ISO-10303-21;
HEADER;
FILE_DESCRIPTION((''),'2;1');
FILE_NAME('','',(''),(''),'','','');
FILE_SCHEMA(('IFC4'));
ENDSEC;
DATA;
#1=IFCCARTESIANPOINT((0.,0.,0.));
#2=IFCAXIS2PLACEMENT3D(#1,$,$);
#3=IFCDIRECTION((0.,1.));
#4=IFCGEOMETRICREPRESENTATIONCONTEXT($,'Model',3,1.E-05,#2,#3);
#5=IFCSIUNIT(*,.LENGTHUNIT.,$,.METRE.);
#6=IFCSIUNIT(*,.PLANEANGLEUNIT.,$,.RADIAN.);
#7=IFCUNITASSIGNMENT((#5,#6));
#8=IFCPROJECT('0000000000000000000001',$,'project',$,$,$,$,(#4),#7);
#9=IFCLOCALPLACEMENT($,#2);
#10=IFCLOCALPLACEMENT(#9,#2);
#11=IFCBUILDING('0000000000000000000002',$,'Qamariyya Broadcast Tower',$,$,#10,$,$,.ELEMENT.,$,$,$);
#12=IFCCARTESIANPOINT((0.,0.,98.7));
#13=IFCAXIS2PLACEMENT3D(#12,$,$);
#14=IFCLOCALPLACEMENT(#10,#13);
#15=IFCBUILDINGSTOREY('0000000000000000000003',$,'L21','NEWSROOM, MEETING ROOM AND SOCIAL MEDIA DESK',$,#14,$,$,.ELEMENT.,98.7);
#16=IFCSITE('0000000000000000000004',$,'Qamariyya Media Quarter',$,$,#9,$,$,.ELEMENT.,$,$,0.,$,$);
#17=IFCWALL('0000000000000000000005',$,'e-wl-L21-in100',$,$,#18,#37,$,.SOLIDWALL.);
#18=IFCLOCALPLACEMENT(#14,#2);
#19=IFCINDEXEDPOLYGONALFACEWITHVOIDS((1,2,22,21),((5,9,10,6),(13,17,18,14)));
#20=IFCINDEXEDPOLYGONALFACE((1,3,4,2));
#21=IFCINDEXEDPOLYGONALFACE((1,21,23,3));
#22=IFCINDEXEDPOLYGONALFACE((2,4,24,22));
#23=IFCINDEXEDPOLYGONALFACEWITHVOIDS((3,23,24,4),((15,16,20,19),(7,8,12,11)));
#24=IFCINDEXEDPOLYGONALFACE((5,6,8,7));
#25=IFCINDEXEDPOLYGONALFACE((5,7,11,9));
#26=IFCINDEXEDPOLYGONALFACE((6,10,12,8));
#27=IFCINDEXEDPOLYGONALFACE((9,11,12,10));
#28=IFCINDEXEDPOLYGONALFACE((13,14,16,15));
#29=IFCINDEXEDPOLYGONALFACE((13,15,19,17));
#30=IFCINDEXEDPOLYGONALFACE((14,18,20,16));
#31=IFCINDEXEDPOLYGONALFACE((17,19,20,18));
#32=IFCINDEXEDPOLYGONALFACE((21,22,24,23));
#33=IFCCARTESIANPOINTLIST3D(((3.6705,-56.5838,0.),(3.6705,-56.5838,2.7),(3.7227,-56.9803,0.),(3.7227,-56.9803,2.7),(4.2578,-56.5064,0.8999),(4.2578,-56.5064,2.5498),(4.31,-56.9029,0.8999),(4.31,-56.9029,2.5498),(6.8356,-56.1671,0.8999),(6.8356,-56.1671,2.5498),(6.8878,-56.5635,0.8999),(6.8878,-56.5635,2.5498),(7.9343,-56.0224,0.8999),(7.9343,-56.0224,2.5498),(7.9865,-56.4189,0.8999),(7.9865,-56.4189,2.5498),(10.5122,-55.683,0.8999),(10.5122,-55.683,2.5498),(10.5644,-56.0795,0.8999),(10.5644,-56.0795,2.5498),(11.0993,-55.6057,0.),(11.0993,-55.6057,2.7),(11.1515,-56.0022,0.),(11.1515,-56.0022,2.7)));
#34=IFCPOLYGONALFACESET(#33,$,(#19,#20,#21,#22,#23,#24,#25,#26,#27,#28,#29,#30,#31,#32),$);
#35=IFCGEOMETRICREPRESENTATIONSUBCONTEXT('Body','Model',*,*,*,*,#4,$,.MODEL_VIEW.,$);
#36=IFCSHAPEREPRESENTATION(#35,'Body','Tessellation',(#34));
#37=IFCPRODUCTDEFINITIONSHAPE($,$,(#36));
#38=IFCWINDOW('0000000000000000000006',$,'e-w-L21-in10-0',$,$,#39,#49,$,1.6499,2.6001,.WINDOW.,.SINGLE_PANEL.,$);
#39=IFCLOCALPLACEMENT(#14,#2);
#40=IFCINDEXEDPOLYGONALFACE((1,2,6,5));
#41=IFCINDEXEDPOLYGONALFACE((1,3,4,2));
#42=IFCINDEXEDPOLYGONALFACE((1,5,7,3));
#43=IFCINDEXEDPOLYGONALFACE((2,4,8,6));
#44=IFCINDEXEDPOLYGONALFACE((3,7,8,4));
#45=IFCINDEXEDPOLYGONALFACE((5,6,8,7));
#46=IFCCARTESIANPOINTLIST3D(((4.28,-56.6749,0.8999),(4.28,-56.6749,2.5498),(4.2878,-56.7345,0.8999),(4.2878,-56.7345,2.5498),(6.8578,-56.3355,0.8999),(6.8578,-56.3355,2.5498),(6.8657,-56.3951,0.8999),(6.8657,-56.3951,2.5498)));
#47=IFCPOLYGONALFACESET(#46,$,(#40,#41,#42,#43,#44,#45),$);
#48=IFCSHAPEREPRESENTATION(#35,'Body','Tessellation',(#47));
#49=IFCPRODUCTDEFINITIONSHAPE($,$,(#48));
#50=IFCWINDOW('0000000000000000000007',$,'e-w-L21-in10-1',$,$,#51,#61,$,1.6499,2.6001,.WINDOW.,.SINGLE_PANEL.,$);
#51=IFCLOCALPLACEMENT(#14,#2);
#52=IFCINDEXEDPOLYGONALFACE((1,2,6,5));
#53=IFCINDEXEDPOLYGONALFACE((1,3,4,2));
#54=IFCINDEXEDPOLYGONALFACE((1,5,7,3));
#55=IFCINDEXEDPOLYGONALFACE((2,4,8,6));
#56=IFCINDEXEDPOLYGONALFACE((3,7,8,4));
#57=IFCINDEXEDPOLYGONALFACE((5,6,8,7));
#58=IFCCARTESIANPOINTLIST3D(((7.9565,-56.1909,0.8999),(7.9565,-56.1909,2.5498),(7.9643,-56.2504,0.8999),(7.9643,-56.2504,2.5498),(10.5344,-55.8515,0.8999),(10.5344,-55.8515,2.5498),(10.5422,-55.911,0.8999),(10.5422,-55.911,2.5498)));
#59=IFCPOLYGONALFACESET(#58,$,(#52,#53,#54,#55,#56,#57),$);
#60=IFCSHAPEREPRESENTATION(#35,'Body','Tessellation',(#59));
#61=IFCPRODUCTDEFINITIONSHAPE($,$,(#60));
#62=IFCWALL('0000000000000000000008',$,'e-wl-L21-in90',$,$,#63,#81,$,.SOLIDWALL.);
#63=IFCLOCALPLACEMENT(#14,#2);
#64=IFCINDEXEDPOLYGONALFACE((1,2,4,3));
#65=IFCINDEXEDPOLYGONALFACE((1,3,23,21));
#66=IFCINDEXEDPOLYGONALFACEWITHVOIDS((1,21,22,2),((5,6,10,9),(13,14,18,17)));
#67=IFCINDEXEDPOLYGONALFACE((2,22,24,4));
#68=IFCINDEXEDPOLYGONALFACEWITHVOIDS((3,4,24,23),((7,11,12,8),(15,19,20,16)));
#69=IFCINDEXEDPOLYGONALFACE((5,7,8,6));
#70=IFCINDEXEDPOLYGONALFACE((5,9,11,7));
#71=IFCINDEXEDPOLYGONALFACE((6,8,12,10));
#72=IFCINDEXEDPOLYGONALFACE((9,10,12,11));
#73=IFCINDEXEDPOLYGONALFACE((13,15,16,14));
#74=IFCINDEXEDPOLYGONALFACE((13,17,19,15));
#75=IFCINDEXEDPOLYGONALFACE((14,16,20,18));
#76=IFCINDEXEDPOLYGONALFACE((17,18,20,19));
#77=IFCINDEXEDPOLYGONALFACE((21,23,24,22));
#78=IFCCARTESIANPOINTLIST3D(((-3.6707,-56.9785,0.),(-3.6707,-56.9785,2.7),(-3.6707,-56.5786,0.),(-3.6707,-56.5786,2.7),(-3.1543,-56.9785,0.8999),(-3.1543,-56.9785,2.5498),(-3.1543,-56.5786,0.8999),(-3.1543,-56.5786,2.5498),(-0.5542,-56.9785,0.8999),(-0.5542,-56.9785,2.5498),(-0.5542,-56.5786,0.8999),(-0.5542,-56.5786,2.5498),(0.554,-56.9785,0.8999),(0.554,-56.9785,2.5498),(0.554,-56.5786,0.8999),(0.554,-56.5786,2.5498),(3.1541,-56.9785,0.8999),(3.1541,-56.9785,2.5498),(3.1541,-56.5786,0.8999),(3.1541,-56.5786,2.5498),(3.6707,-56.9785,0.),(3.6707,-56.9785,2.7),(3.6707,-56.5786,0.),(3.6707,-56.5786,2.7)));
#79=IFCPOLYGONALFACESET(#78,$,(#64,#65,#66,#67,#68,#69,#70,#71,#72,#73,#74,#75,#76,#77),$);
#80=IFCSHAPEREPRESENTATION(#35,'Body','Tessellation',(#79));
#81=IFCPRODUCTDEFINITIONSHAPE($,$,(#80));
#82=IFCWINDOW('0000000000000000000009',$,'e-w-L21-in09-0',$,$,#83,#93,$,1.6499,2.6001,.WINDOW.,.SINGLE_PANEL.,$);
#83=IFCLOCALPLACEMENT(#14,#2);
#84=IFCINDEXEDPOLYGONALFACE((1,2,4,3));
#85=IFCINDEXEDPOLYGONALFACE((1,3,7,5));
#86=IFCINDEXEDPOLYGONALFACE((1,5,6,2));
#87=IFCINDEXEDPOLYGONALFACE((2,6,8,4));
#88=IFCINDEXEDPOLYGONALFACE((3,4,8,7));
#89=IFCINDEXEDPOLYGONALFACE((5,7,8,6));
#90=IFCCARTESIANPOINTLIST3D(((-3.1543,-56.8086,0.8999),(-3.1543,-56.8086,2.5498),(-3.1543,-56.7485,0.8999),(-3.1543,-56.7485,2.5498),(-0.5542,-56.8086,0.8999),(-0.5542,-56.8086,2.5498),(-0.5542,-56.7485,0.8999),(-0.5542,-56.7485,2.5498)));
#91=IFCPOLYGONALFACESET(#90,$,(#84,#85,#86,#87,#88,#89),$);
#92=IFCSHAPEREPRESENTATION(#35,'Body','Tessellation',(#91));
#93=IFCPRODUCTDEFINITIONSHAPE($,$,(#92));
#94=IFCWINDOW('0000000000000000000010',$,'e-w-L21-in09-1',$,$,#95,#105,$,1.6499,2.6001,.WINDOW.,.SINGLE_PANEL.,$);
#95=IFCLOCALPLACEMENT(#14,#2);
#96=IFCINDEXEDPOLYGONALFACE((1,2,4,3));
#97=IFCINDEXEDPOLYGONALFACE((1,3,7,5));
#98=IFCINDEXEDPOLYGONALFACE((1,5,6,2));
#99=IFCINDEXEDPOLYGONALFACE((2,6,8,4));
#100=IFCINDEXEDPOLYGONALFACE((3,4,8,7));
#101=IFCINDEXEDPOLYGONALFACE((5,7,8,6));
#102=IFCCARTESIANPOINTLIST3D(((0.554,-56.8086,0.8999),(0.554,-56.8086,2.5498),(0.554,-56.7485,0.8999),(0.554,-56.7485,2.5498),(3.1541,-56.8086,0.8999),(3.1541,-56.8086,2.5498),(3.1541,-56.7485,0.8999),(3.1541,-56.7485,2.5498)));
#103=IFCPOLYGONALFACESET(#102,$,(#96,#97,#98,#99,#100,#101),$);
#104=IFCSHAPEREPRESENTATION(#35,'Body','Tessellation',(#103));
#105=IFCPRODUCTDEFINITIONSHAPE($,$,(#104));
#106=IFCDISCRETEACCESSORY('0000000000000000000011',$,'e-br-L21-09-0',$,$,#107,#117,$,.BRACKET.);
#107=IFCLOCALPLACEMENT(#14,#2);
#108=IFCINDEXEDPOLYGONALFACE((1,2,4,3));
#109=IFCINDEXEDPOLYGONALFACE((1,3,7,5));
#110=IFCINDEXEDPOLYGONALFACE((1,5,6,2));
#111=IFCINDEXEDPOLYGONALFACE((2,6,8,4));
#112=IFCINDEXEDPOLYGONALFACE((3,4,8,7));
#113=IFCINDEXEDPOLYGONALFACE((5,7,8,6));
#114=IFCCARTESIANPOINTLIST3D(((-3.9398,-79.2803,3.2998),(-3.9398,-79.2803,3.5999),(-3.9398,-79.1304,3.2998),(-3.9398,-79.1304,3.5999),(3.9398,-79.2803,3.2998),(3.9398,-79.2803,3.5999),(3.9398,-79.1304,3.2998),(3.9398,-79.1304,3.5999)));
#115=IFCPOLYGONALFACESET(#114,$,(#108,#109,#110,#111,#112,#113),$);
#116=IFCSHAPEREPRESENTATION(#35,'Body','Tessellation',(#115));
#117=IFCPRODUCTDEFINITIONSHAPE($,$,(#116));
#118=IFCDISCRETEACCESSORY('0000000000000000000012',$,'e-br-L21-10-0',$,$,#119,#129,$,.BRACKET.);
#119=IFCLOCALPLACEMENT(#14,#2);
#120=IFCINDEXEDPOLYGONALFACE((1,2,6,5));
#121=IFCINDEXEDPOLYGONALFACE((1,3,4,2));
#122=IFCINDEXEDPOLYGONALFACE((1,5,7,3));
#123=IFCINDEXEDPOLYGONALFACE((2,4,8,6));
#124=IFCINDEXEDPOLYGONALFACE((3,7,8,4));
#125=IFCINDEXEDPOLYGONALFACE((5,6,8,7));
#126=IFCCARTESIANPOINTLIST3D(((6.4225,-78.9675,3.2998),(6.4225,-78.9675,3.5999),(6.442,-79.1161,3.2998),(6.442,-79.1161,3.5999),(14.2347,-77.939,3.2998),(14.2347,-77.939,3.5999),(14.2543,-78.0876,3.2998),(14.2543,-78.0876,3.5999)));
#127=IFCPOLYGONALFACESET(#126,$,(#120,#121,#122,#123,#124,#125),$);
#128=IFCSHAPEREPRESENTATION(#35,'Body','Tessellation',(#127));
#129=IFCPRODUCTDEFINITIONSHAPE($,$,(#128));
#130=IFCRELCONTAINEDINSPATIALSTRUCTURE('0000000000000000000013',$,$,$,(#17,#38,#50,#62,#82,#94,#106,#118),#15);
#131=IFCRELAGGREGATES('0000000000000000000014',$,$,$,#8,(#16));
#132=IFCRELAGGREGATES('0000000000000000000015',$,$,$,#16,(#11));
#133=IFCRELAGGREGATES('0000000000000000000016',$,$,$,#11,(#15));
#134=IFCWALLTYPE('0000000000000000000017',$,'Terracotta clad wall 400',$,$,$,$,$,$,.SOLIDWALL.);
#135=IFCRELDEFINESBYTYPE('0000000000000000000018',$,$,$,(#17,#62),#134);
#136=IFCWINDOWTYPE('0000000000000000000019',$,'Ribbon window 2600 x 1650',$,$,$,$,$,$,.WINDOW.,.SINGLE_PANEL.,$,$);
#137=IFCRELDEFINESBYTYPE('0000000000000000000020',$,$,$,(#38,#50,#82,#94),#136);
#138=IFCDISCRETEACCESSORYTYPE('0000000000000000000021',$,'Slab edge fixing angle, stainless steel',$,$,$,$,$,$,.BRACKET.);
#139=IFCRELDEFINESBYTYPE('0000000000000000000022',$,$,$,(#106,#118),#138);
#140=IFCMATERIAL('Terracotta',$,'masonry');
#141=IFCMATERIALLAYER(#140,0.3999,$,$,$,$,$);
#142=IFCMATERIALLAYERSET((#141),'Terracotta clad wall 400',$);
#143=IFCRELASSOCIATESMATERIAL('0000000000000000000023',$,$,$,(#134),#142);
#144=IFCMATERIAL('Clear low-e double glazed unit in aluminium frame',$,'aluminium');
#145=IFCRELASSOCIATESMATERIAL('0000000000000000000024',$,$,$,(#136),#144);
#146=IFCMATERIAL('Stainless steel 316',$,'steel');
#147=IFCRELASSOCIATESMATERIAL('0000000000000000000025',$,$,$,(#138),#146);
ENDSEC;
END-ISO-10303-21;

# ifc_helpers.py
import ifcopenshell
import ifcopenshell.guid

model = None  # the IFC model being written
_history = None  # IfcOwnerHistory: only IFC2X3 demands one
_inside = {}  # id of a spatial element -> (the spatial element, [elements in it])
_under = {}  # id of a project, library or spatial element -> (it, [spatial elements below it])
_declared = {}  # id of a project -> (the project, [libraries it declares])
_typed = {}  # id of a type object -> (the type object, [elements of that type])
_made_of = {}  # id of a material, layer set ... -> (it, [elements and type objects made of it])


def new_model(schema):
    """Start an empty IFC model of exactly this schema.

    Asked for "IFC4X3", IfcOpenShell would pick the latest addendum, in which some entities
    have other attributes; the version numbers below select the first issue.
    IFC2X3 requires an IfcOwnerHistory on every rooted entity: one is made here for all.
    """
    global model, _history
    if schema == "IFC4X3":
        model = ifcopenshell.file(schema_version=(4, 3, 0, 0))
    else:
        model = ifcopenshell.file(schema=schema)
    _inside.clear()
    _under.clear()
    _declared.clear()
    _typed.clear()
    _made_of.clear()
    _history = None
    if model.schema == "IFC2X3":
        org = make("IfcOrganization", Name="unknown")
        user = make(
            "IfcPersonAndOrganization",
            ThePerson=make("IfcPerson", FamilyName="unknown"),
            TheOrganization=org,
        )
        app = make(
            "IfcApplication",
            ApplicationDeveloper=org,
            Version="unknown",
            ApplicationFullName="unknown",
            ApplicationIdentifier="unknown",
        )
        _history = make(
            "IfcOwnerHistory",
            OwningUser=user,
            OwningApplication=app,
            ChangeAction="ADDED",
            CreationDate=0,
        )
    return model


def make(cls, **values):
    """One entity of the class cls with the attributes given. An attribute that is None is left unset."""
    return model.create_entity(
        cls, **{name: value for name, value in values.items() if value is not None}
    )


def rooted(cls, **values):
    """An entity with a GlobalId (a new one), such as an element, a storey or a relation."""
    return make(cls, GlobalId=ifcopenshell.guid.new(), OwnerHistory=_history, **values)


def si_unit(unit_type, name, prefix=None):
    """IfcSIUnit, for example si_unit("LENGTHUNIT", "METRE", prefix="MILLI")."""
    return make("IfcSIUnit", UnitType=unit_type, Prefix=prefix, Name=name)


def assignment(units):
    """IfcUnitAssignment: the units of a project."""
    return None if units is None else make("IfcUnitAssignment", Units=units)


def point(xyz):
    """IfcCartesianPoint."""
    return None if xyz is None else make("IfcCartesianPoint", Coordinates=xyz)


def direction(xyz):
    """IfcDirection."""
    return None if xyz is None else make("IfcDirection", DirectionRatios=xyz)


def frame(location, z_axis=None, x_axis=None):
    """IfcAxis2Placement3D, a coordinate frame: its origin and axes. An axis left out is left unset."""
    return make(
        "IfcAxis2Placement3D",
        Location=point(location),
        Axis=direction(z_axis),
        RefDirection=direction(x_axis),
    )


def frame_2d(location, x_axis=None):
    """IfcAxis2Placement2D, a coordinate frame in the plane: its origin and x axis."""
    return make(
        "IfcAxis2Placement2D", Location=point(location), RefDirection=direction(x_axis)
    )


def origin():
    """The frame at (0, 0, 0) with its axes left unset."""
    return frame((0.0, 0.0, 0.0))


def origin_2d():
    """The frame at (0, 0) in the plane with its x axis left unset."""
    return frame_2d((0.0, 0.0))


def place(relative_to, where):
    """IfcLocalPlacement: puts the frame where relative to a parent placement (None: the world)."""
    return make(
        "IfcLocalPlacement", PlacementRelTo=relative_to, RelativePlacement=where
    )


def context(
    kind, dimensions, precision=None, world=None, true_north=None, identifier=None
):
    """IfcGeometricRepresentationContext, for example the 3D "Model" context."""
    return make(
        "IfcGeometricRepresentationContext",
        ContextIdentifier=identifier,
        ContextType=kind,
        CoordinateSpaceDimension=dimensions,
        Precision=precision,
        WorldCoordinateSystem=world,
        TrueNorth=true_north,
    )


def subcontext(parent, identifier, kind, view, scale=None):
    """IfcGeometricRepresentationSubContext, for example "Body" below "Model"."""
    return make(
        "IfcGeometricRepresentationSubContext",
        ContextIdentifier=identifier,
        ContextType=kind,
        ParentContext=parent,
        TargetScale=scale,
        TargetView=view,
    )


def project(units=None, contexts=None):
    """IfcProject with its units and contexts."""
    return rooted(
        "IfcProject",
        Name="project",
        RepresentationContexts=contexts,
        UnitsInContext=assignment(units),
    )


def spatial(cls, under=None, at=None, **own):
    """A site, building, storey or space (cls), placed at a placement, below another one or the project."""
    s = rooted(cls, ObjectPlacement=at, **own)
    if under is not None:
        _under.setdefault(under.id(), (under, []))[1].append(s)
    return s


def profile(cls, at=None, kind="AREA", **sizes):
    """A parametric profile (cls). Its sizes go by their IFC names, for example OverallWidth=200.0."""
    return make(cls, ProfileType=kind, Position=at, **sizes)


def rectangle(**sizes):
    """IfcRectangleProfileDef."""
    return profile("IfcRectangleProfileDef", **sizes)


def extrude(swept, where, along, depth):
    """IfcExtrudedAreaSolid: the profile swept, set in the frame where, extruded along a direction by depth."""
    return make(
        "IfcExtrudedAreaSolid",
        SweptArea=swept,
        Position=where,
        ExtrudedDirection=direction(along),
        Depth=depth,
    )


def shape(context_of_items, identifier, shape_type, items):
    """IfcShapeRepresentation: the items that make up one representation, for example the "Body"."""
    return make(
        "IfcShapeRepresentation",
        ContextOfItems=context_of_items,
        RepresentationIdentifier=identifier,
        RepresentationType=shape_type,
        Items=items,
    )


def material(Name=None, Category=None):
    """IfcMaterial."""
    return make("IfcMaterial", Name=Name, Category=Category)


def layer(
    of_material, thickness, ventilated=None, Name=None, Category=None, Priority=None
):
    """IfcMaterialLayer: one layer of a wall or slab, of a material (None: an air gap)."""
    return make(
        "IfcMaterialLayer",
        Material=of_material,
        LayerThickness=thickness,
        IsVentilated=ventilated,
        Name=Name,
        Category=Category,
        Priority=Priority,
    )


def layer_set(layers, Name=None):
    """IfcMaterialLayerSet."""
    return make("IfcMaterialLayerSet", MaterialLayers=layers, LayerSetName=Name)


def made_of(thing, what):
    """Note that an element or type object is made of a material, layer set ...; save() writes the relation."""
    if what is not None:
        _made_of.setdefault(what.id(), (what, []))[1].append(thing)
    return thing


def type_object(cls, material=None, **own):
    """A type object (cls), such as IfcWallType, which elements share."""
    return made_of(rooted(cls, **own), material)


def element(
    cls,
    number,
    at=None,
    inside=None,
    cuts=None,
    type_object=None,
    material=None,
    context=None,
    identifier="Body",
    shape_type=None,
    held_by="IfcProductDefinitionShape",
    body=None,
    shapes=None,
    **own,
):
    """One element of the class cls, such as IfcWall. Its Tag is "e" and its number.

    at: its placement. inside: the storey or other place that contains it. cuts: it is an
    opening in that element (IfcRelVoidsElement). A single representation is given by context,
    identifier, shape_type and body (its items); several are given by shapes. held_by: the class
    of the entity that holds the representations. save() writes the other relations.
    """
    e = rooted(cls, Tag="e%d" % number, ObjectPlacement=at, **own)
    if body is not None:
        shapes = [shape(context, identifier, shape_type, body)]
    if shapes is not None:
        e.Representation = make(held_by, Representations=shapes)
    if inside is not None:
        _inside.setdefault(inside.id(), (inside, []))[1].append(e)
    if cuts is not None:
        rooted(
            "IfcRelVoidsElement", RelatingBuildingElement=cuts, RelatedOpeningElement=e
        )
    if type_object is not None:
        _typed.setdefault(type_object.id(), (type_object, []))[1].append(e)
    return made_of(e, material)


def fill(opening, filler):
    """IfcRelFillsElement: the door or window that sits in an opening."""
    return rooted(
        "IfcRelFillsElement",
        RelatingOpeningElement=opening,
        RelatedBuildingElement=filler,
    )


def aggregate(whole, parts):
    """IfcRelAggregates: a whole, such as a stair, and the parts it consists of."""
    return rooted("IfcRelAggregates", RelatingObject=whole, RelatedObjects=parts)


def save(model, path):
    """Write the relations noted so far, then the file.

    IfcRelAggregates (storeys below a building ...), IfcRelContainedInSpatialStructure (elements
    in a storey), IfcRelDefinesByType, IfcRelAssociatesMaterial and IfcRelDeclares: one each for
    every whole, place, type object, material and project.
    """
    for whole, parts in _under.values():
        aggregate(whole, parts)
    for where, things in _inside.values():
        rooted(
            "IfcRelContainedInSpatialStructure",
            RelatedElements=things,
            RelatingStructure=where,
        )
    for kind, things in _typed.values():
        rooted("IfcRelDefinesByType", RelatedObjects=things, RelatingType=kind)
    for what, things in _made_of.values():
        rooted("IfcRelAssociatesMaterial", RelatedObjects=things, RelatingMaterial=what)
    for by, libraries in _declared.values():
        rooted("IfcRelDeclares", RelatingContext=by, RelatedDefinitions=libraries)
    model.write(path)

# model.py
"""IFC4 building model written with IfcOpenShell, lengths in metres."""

from ifc_helpers import new_model, si_unit, direction, frame, frame_2d, origin, origin_2d, place, context, subcontext, project, spatial, rectangle, extrude, material, layer, layer_set, type_object, element, fill, save


model = new_model("IFC4")

# Units and contexts
model_context = context("Model", 3, precision=1e-05, world=origin(), true_north=direction((0.0, 1.0)))
body_context = subcontext(model_context, "Body", "Model", "MODEL_VIEW")
ifc_project = project(units=[si_unit("LENGTHUNIT", "METRE"), si_unit("PLANEANGLEUNIT", "RADIAN")], contexts=[model_context])

# Site, building, storey
site_placement = place(None, origin())
site = spatial("IfcSite", under=ifc_project, at=site_placement, Name="Qamariyya Media Quarter", CompositionType="ELEMENT", RefElevation=0.0)
building_placement = place(site_placement, origin())
building = spatial("IfcBuilding", under=site, at=building_placement, Name="Qamariyya Broadcast Tower", CompositionType="ELEMENT")
storey_placement = place(building_placement, frame((0.0, 0.0, 98.7)))
storey = spatial("IfcBuildingStorey", under=building, at=storey_placement, Name="L21", Description="NEWSROOM, MEETING ROOM AND SOCIAL MEDIA DESK", CompositionType="ELEMENT", Elevation=98.7)

# Walls, openings, windows
ifc_material_1 = material(Name="Terracotta", Category="masonry")
ifc_layer_1 = layer(ifc_material_1, 0.3999)
ifc_layer_set_1 = layer_set([ifc_layer_1], Name="Terracotta clad wall 400")
wall_type_1 = type_object("IfcWallType", Name="Terracotta clad wall 400", PredefinedType="SOLIDWALL", material=ifc_layer_set_1)
wall_1_placement = place(storey_placement, frame((11.1255, -55.804, 0.0), z_axis=(0.0, 0.0, 1.0), x_axis=(-0.991445, -0.130529, 0.0)))
wall_1 = element("IfcWall", 1, at=wall_1_placement, inside=storey, type_object=wall_type_1, Name="e-wl-L21-in100", PredefinedType="SOLIDWALL", context=body_context, shape_type="SweptSolid", body=[
    extrude(rectangle(XDim=7.4929, YDim=0.3999, at=frame_2d((3.7466, 0.0))), origin(), (0.0, 0.0, 1.0), 2.7),
])
opening_1_placement = place(wall_1_placement, frame((4.3005, 0.0, 0.8999)))
opening_1 = element("IfcOpeningElement", 2, at=opening_1_placement, cuts=wall_1, PredefinedType="OPENING", context=body_context, shape_type="SweptSolid", body=[
    extrude(rectangle(XDim=2.6001, YDim=1.6499, at=frame_2d((1.3, 0.825))), frame((0.0, 0.21, 0.0), z_axis=(0.0, -1.0, 0.0), x_axis=(1.0, 0.0, 0.0)), (0.0, 0.0, 1.0), 0.4199),
])
opening_2_placement = place(wall_1_placement, frame((0.5923, 0.0, 0.8999)))
opening_2 = element("IfcOpeningElement", 3, at=opening_2_placement, cuts=wall_1, PredefinedType="OPENING", context=body_context, shape_type="SweptSolid", body=[
    extrude(rectangle(XDim=2.6001, YDim=1.6499, at=frame_2d((1.3, 0.825))), frame((0.0, 0.21, 0.0), z_axis=(0.0, -1.0, 0.0), x_axis=(1.0, 0.0, 0.0)), (0.0, 0.0, 1.0), 0.4199),
])
ifc_material_2 = material(Name="Clear low-e double glazed unit in aluminium frame", Category="aluminium")
window_type = type_object("IfcWindowType", Name="Ribbon window 2600 x 1650", PartitioningType="SINGLE_PANEL", PredefinedType="WINDOW", material=ifc_material_2)
window_1_placement = place(opening_1_placement, origin())
window_1 = element("IfcWindow", 4, at=window_1_placement, inside=storey, type_object=window_type, Name="e-w-L21-in10-0", OverallHeight=1.6499, OverallWidth=2.6001, PartitioningType="SINGLE_PANEL", PredefinedType="WINDOW", context=body_context, shape_type="SweptSolid", body=[
    extrude(rectangle(XDim=2.6001, YDim=1.6499, at=frame_2d((1.3, 0.825))), frame((0.0, 0.03, 0.0), z_axis=(0.0, -1.0, 0.0), x_axis=(1.0, 0.0, 0.0)), (0.0, 0.0, 1.0), 0.0601),
])
fill(opening_1, window_1)
window_2_placement = place(opening_2_placement, origin())
window_2 = element("IfcWindow", 5, at=window_2_placement, inside=storey, type_object=window_type, Name="e-w-L21-in10-1", OverallHeight=1.6499, OverallWidth=2.6001, PartitioningType="SINGLE_PANEL", PredefinedType="WINDOW", context=body_context, shape_type="SweptSolid", body=[
    extrude(rectangle(XDim=2.6001, YDim=1.6499, at=frame_2d((1.3, 0.825))), frame((0.0, 0.03, 0.0), z_axis=(0.0, -1.0, 0.0), x_axis=(1.0, 0.0, 0.0)), (0.0, 0.0, 1.0), 0.0601),
])
fill(opening_2, window_2)
wall_2_placement = place(storey_placement, frame((3.6707, -56.7786, 0.0), z_axis=(0.0, 0.0, 1.0), x_axis=(-1.0, 0.0, 0.0)))
wall_2 = element("IfcWall", 6, at=wall_2_placement, inside=storey, type_object=wall_type_1, Name="e-wl-L21-in90", PredefinedType="SOLIDWALL", context=body_context, shape_type="SweptSolid", body=[
    extrude(rectangle(XDim=7.3413, YDim=0.3999, at=frame_2d((3.6707, 0.0))), origin(), (0.0, 0.0, 1.0), 2.7),
])
opening_3_placement = place(wall_2_placement, frame((4.2249, 0.0, 0.8999)))
opening_3 = element("IfcOpeningElement", 7, at=opening_3_placement, cuts=wall_2, PredefinedType="OPENING", context=body_context, shape_type="SweptSolid", body=[
    extrude(rectangle(XDim=2.6001, YDim=1.6499, at=frame_2d((1.3, 0.825))), frame((0.0, 0.21, 0.0), z_axis=(0.0, -1.0, 0.0), x_axis=(1.0, 0.0, 0.0)), (0.0, 0.0, 1.0), 0.4199),
])
opening_4_placement = place(wall_2_placement, frame((0.5166, 0.0, 0.8999)))
opening_4 = element("IfcOpeningElement", 8, at=opening_4_placement, cuts=wall_2, PredefinedType="OPENING", context=body_context, shape_type="SweptSolid", body=[
    extrude(rectangle(XDim=2.6001, YDim=1.6499, at=frame_2d((1.3, 0.825))), frame((0.0, 0.21, 0.0), z_axis=(0.0, -1.0, 0.0), x_axis=(1.0, 0.0, 0.0)), (0.0, 0.0, 1.0), 0.4199),
])
window_3_placement = place(opening_3_placement, origin())
window_3 = element("IfcWindow", 9, at=window_3_placement, inside=storey, type_object=window_type, Name="e-w-L21-in09-0", OverallHeight=1.6499, OverallWidth=2.6001, PartitioningType="SINGLE_PANEL", PredefinedType="WINDOW", context=body_context, shape_type="SweptSolid", body=[
    extrude(rectangle(XDim=2.6001, YDim=1.6499, at=frame_2d((1.3, 0.825))), frame((0.0, 0.03, 0.0), z_axis=(0.0, -1.0, 0.0), x_axis=(1.0, 0.0, 0.0)), (0.0, 0.0, 1.0), 0.0601),
])
fill(opening_3, window_3)
window_4_placement = place(opening_4_placement, origin())
window_4 = element("IfcWindow", 10, at=window_4_placement, inside=storey, type_object=window_type, Name="e-w-L21-in09-1", OverallHeight=1.6499, OverallWidth=2.6001, PartitioningType="SINGLE_PANEL", PredefinedType="WINDOW", context=body_context, shape_type="SweptSolid", body=[
    extrude(rectangle(XDim=2.6001, YDim=1.6499, at=frame_2d((1.3, 0.825))), frame((0.0, 0.03, 0.0), z_axis=(0.0, -1.0, 0.0), x_axis=(1.0, 0.0, 0.0)), (0.0, 0.0, 1.0), 0.0601),
])
fill(opening_4, window_4)

# Discrete accessories
ifc_material_3 = material(Name="Stainless steel 316", Category="steel")
discrete_accessory_type = type_object("IfcDiscreteAccessoryType", Name="Slab edge fixing angle, stainless steel", PredefinedType="BRACKET", material=ifc_material_3)
for number, where, z_axis, x_axis, name in (
    (11, (0.0, -79.2053, 3.2998), (0.0, 0.0, 1.0), (1.0, 0.0, 0.0), "e-br-L21-09-0"),
    (12, (10.3384, -78.5276, 3.2998), (0.0, 0.0, 1.0), (0.991445, 0.130526, 0.0), "e-br-L21-10-0"),
):
    element("IfcDiscreteAccessory", number, at=place(storey_placement, frame(where, z_axis=z_axis, x_axis=x_axis)), inside=storey, type_object=discrete_accessory_type, Name=name, PredefinedType="BRACKET", context=body_context, shape_type="SweptSolid", body=[
        extrude(rectangle(XDim=7.8796, YDim=0.1499, at=origin_2d()), origin(), (0.0, 0.0, 1.0), 0.3),
    ])

save(model, "model.ifc")
